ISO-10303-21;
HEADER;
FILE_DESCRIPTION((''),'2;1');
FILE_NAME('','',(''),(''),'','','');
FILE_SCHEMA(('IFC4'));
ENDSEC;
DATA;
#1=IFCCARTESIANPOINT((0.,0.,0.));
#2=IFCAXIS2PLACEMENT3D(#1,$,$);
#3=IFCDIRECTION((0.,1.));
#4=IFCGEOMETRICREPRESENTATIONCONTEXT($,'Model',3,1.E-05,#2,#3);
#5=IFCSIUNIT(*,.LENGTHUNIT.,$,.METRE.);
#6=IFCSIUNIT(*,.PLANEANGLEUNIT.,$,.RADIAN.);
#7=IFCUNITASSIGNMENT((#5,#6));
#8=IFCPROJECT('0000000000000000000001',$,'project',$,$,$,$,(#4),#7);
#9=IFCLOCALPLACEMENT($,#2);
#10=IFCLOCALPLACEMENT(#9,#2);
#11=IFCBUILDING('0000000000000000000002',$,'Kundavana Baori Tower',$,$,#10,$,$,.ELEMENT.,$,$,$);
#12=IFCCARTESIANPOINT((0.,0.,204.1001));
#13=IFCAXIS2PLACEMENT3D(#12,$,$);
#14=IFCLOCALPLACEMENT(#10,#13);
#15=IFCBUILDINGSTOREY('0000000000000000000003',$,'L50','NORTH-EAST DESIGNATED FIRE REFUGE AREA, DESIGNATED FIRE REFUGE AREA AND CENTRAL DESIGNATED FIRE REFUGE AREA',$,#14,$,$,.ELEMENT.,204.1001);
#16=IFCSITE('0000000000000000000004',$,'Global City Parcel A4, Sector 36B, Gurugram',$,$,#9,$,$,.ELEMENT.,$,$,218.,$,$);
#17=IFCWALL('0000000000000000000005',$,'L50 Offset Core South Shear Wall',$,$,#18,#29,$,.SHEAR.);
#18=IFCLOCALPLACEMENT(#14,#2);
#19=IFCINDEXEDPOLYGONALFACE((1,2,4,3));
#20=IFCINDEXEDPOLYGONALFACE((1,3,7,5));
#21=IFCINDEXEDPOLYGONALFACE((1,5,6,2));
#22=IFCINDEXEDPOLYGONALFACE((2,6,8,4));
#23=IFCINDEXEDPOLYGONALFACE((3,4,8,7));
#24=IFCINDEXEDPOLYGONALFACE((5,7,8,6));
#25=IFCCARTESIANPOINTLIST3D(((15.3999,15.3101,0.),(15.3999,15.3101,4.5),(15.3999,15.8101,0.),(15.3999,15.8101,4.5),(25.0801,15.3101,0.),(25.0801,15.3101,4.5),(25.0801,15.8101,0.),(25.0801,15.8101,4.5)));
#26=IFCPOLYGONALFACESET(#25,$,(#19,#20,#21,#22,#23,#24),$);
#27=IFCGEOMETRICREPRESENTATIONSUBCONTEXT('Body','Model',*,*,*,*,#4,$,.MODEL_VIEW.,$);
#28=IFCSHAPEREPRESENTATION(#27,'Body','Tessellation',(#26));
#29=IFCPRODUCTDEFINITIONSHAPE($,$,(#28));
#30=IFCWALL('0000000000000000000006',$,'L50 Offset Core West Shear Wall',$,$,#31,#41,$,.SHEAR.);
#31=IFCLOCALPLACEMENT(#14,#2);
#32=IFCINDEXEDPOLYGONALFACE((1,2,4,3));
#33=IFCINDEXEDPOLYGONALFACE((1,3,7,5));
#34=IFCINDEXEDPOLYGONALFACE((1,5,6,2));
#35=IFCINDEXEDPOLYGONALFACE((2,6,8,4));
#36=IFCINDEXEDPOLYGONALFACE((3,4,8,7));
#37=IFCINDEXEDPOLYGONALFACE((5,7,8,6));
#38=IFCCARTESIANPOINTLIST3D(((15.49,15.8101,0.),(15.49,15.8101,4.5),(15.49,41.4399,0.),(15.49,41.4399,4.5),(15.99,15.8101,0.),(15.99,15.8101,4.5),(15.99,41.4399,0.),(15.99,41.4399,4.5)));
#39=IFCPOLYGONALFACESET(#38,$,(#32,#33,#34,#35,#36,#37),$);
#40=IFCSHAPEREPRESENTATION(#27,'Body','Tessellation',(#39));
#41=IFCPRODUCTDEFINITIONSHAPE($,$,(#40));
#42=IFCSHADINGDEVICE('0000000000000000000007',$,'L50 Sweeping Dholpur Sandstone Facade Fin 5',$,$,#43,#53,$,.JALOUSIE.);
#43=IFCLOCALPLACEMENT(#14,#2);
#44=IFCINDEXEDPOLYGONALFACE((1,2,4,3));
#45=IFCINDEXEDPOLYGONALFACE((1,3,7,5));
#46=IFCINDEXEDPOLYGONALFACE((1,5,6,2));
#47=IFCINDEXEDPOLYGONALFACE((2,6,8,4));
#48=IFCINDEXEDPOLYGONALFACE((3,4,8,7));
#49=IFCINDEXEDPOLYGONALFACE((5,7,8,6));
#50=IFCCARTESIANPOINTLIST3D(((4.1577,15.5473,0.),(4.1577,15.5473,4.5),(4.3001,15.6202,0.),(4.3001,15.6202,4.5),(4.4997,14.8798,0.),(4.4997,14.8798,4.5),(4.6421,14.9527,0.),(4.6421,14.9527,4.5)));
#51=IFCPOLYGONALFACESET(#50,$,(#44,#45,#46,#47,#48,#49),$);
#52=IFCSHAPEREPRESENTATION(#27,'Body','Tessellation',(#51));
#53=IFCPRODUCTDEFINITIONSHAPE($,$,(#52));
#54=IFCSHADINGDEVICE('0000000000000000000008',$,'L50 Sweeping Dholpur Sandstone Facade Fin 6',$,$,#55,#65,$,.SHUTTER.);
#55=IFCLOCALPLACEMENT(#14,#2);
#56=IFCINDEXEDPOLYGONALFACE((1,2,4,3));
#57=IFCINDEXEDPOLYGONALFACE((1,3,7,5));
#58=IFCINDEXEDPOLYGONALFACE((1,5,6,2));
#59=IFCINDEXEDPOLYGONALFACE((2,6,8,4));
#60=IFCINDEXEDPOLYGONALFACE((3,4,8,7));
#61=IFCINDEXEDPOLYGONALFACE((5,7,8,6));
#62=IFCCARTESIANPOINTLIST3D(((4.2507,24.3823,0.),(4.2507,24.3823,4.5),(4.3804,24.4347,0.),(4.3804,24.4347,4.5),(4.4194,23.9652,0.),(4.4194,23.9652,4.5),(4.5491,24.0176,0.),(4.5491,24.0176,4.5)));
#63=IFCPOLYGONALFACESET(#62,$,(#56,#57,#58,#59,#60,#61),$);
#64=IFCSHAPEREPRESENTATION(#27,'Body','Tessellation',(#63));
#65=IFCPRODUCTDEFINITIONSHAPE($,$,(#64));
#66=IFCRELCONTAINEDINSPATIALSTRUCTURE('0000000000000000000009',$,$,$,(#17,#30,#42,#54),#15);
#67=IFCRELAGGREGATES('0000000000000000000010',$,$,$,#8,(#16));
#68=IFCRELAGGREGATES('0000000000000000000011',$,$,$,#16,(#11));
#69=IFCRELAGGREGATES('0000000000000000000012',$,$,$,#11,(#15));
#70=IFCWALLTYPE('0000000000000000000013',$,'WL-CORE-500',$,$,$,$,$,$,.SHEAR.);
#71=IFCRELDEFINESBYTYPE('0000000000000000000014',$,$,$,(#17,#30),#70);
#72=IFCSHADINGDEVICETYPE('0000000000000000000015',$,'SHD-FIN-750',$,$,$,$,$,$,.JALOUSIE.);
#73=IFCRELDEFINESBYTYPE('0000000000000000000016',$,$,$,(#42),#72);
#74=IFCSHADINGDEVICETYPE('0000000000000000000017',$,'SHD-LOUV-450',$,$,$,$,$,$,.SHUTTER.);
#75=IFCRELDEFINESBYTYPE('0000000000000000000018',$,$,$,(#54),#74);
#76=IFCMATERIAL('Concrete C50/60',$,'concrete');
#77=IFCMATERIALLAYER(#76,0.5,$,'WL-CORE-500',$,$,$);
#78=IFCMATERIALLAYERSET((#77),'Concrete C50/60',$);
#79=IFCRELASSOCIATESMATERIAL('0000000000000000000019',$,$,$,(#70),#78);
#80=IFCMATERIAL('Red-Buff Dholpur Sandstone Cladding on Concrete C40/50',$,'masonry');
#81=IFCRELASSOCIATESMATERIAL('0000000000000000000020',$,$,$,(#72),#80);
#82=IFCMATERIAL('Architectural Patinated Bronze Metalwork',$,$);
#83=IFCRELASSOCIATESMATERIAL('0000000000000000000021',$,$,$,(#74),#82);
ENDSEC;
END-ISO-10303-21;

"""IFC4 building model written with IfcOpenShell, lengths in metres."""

from ifc_helpers import new_model, si_unit, direction, frame, frame_2d, origin, origin_2d, place, context, subcontext, project, spatial, rectangle, extrude, material, layer, layer_set, type_object, element, save


model = new_model("IFC4")

# Units and contexts
model_context = context("Model", 3, precision=1e-05, world=origin(), true_north=direction((0.0, 1.0)))
body_context = subcontext(model_context, "Body", "Model", "MODEL_VIEW")
ifc_project = project(units=[si_unit("LENGTHUNIT", "METRE"), si_unit("PLANEANGLEUNIT", "RADIAN")], contexts=[model_context])

# Site, building, storey
site_placement = place(None, origin())
site = spatial("IfcSite", under=ifc_project, at=site_placement, Name="Global City Parcel A4, Sector 36B, Gurugram", CompositionType="ELEMENT", RefElevation=218.0)
building_placement = place(site_placement, origin())
building = spatial("IfcBuilding", under=site, at=building_placement, Name="Kundavana Baori Tower", CompositionType="ELEMENT")
storey_placement = place(building_placement, frame((0.0, 0.0, 204.1001)))
storey = spatial("IfcBuildingStorey", under=building, at=storey_placement, Name="L50", Description="NORTH-EAST DESIGNATED FIRE REFUGE AREA, DESIGNATED FIRE REFUGE AREA AND CENTRAL DESIGNATED FIRE REFUGE AREA", CompositionType="ELEMENT", Elevation=204.1001)

# Walls
ifc_material_1 = material(Name="Concrete C50/60", Category="concrete")
ifc_layer_1 = layer(ifc_material_1, 0.5, Name="WL-CORE-500")
ifc_layer_set_1 = layer_set([ifc_layer_1], Name="Concrete C50/60")
wall_type_1 = type_object("IfcWallType", Name="WL-CORE-500", PredefinedType="SHEAR", material=ifc_layer_set_1)
wall_1_placement = place(storey_placement, frame((15.3999, 15.5601, 0.0), z_axis=(0.0, 0.0, 1.0), x_axis=(1.0, 0.0, 0.0)))
element("IfcWall", 1, at=wall_1_placement, inside=storey, type_object=wall_type_1, Name="L50 Offset Core South Shear Wall", PredefinedType="SHEAR", context=body_context, shape_type="SweptSolid", body=[
    extrude(rectangle(XDim=9.6802, YDim=0.5, at=frame_2d((4.8401, 0.0))), origin(), (0.0, 0.0, 1.0), 4.5),
])
wall_2_placement = place(storey_placement, frame((15.74, 15.8101, 0.0), z_axis=(0.0, 0.0, 1.0), x_axis=(0.0, 1.0, 0.0)))
element("IfcWall", 2, at=wall_2_placement, inside=storey, type_object=wall_type_1, Name="L50 Offset Core West Shear Wall", PredefinedType="SHEAR", context=body_context, shape_type="SweptSolid", body=[
    extrude(rectangle(XDim=25.6299, YDim=0.5, at=frame_2d((12.8149, 0.0))), origin(), (0.0, 0.0, 1.0), 4.5),
])

# Shading devices
ifc_material_2 = material(Name="Red-Buff Dholpur Sandstone Cladding on Concrete C40/50", Category="masonry")
shading_device_type_1 = type_object("IfcShadingDeviceType", Name="SHD-FIN-750", PredefinedType="JALOUSIE", material=ifc_material_2)
shading_device_1_placement = place(storey_placement, frame((4.3999, 15.25, 0.0), z_axis=(0.0, 0.0, 1.0), x_axis=(0.889974, 0.456011, 0.0)))
element("IfcShadingDevice", 3, at=shading_device_1_placement, inside=storey, type_object=shading_device_type_1, Name="L50 Sweeping Dholpur Sandstone Facade Fin 5", PredefinedType="JALOUSIE", context=body_context, shape_type="SweptSolid", body=[
    extrude(rectangle(XDim=0.1599, YDim=0.75, at=origin_2d()), origin(), (0.0, 0.0, 1.0), 4.5),
])
ifc_material_3 = material(Name="Architectural Patinated Bronze Metalwork")
shading_device_type_2 = type_object("IfcShadingDeviceType", Name="SHD-LOUV-450", PredefinedType="SHUTTER", material=ifc_material_3)
shading_device_2_placement = place(storey_placement, frame((4.3999, 24.2, 0.0), z_axis=(0.0, 0.0, 1.0), x_axis=(0.927053, 0.37493, 0.0)))
element("IfcShadingDevice", 4, at=shading_device_2_placement, inside=storey, type_object=shading_device_type_2, Name="L50 Sweeping Dholpur Sandstone Facade Fin 6", PredefinedType="SHUTTER", context=body_context, shape_type="SweptSolid", body=[
    extrude(rectangle(XDim=0.1399, YDim=0.45, at=origin_2d()), origin(), (0.0, 0.0, 1.0), 4.5),
])

save(model, "model.ifc")
